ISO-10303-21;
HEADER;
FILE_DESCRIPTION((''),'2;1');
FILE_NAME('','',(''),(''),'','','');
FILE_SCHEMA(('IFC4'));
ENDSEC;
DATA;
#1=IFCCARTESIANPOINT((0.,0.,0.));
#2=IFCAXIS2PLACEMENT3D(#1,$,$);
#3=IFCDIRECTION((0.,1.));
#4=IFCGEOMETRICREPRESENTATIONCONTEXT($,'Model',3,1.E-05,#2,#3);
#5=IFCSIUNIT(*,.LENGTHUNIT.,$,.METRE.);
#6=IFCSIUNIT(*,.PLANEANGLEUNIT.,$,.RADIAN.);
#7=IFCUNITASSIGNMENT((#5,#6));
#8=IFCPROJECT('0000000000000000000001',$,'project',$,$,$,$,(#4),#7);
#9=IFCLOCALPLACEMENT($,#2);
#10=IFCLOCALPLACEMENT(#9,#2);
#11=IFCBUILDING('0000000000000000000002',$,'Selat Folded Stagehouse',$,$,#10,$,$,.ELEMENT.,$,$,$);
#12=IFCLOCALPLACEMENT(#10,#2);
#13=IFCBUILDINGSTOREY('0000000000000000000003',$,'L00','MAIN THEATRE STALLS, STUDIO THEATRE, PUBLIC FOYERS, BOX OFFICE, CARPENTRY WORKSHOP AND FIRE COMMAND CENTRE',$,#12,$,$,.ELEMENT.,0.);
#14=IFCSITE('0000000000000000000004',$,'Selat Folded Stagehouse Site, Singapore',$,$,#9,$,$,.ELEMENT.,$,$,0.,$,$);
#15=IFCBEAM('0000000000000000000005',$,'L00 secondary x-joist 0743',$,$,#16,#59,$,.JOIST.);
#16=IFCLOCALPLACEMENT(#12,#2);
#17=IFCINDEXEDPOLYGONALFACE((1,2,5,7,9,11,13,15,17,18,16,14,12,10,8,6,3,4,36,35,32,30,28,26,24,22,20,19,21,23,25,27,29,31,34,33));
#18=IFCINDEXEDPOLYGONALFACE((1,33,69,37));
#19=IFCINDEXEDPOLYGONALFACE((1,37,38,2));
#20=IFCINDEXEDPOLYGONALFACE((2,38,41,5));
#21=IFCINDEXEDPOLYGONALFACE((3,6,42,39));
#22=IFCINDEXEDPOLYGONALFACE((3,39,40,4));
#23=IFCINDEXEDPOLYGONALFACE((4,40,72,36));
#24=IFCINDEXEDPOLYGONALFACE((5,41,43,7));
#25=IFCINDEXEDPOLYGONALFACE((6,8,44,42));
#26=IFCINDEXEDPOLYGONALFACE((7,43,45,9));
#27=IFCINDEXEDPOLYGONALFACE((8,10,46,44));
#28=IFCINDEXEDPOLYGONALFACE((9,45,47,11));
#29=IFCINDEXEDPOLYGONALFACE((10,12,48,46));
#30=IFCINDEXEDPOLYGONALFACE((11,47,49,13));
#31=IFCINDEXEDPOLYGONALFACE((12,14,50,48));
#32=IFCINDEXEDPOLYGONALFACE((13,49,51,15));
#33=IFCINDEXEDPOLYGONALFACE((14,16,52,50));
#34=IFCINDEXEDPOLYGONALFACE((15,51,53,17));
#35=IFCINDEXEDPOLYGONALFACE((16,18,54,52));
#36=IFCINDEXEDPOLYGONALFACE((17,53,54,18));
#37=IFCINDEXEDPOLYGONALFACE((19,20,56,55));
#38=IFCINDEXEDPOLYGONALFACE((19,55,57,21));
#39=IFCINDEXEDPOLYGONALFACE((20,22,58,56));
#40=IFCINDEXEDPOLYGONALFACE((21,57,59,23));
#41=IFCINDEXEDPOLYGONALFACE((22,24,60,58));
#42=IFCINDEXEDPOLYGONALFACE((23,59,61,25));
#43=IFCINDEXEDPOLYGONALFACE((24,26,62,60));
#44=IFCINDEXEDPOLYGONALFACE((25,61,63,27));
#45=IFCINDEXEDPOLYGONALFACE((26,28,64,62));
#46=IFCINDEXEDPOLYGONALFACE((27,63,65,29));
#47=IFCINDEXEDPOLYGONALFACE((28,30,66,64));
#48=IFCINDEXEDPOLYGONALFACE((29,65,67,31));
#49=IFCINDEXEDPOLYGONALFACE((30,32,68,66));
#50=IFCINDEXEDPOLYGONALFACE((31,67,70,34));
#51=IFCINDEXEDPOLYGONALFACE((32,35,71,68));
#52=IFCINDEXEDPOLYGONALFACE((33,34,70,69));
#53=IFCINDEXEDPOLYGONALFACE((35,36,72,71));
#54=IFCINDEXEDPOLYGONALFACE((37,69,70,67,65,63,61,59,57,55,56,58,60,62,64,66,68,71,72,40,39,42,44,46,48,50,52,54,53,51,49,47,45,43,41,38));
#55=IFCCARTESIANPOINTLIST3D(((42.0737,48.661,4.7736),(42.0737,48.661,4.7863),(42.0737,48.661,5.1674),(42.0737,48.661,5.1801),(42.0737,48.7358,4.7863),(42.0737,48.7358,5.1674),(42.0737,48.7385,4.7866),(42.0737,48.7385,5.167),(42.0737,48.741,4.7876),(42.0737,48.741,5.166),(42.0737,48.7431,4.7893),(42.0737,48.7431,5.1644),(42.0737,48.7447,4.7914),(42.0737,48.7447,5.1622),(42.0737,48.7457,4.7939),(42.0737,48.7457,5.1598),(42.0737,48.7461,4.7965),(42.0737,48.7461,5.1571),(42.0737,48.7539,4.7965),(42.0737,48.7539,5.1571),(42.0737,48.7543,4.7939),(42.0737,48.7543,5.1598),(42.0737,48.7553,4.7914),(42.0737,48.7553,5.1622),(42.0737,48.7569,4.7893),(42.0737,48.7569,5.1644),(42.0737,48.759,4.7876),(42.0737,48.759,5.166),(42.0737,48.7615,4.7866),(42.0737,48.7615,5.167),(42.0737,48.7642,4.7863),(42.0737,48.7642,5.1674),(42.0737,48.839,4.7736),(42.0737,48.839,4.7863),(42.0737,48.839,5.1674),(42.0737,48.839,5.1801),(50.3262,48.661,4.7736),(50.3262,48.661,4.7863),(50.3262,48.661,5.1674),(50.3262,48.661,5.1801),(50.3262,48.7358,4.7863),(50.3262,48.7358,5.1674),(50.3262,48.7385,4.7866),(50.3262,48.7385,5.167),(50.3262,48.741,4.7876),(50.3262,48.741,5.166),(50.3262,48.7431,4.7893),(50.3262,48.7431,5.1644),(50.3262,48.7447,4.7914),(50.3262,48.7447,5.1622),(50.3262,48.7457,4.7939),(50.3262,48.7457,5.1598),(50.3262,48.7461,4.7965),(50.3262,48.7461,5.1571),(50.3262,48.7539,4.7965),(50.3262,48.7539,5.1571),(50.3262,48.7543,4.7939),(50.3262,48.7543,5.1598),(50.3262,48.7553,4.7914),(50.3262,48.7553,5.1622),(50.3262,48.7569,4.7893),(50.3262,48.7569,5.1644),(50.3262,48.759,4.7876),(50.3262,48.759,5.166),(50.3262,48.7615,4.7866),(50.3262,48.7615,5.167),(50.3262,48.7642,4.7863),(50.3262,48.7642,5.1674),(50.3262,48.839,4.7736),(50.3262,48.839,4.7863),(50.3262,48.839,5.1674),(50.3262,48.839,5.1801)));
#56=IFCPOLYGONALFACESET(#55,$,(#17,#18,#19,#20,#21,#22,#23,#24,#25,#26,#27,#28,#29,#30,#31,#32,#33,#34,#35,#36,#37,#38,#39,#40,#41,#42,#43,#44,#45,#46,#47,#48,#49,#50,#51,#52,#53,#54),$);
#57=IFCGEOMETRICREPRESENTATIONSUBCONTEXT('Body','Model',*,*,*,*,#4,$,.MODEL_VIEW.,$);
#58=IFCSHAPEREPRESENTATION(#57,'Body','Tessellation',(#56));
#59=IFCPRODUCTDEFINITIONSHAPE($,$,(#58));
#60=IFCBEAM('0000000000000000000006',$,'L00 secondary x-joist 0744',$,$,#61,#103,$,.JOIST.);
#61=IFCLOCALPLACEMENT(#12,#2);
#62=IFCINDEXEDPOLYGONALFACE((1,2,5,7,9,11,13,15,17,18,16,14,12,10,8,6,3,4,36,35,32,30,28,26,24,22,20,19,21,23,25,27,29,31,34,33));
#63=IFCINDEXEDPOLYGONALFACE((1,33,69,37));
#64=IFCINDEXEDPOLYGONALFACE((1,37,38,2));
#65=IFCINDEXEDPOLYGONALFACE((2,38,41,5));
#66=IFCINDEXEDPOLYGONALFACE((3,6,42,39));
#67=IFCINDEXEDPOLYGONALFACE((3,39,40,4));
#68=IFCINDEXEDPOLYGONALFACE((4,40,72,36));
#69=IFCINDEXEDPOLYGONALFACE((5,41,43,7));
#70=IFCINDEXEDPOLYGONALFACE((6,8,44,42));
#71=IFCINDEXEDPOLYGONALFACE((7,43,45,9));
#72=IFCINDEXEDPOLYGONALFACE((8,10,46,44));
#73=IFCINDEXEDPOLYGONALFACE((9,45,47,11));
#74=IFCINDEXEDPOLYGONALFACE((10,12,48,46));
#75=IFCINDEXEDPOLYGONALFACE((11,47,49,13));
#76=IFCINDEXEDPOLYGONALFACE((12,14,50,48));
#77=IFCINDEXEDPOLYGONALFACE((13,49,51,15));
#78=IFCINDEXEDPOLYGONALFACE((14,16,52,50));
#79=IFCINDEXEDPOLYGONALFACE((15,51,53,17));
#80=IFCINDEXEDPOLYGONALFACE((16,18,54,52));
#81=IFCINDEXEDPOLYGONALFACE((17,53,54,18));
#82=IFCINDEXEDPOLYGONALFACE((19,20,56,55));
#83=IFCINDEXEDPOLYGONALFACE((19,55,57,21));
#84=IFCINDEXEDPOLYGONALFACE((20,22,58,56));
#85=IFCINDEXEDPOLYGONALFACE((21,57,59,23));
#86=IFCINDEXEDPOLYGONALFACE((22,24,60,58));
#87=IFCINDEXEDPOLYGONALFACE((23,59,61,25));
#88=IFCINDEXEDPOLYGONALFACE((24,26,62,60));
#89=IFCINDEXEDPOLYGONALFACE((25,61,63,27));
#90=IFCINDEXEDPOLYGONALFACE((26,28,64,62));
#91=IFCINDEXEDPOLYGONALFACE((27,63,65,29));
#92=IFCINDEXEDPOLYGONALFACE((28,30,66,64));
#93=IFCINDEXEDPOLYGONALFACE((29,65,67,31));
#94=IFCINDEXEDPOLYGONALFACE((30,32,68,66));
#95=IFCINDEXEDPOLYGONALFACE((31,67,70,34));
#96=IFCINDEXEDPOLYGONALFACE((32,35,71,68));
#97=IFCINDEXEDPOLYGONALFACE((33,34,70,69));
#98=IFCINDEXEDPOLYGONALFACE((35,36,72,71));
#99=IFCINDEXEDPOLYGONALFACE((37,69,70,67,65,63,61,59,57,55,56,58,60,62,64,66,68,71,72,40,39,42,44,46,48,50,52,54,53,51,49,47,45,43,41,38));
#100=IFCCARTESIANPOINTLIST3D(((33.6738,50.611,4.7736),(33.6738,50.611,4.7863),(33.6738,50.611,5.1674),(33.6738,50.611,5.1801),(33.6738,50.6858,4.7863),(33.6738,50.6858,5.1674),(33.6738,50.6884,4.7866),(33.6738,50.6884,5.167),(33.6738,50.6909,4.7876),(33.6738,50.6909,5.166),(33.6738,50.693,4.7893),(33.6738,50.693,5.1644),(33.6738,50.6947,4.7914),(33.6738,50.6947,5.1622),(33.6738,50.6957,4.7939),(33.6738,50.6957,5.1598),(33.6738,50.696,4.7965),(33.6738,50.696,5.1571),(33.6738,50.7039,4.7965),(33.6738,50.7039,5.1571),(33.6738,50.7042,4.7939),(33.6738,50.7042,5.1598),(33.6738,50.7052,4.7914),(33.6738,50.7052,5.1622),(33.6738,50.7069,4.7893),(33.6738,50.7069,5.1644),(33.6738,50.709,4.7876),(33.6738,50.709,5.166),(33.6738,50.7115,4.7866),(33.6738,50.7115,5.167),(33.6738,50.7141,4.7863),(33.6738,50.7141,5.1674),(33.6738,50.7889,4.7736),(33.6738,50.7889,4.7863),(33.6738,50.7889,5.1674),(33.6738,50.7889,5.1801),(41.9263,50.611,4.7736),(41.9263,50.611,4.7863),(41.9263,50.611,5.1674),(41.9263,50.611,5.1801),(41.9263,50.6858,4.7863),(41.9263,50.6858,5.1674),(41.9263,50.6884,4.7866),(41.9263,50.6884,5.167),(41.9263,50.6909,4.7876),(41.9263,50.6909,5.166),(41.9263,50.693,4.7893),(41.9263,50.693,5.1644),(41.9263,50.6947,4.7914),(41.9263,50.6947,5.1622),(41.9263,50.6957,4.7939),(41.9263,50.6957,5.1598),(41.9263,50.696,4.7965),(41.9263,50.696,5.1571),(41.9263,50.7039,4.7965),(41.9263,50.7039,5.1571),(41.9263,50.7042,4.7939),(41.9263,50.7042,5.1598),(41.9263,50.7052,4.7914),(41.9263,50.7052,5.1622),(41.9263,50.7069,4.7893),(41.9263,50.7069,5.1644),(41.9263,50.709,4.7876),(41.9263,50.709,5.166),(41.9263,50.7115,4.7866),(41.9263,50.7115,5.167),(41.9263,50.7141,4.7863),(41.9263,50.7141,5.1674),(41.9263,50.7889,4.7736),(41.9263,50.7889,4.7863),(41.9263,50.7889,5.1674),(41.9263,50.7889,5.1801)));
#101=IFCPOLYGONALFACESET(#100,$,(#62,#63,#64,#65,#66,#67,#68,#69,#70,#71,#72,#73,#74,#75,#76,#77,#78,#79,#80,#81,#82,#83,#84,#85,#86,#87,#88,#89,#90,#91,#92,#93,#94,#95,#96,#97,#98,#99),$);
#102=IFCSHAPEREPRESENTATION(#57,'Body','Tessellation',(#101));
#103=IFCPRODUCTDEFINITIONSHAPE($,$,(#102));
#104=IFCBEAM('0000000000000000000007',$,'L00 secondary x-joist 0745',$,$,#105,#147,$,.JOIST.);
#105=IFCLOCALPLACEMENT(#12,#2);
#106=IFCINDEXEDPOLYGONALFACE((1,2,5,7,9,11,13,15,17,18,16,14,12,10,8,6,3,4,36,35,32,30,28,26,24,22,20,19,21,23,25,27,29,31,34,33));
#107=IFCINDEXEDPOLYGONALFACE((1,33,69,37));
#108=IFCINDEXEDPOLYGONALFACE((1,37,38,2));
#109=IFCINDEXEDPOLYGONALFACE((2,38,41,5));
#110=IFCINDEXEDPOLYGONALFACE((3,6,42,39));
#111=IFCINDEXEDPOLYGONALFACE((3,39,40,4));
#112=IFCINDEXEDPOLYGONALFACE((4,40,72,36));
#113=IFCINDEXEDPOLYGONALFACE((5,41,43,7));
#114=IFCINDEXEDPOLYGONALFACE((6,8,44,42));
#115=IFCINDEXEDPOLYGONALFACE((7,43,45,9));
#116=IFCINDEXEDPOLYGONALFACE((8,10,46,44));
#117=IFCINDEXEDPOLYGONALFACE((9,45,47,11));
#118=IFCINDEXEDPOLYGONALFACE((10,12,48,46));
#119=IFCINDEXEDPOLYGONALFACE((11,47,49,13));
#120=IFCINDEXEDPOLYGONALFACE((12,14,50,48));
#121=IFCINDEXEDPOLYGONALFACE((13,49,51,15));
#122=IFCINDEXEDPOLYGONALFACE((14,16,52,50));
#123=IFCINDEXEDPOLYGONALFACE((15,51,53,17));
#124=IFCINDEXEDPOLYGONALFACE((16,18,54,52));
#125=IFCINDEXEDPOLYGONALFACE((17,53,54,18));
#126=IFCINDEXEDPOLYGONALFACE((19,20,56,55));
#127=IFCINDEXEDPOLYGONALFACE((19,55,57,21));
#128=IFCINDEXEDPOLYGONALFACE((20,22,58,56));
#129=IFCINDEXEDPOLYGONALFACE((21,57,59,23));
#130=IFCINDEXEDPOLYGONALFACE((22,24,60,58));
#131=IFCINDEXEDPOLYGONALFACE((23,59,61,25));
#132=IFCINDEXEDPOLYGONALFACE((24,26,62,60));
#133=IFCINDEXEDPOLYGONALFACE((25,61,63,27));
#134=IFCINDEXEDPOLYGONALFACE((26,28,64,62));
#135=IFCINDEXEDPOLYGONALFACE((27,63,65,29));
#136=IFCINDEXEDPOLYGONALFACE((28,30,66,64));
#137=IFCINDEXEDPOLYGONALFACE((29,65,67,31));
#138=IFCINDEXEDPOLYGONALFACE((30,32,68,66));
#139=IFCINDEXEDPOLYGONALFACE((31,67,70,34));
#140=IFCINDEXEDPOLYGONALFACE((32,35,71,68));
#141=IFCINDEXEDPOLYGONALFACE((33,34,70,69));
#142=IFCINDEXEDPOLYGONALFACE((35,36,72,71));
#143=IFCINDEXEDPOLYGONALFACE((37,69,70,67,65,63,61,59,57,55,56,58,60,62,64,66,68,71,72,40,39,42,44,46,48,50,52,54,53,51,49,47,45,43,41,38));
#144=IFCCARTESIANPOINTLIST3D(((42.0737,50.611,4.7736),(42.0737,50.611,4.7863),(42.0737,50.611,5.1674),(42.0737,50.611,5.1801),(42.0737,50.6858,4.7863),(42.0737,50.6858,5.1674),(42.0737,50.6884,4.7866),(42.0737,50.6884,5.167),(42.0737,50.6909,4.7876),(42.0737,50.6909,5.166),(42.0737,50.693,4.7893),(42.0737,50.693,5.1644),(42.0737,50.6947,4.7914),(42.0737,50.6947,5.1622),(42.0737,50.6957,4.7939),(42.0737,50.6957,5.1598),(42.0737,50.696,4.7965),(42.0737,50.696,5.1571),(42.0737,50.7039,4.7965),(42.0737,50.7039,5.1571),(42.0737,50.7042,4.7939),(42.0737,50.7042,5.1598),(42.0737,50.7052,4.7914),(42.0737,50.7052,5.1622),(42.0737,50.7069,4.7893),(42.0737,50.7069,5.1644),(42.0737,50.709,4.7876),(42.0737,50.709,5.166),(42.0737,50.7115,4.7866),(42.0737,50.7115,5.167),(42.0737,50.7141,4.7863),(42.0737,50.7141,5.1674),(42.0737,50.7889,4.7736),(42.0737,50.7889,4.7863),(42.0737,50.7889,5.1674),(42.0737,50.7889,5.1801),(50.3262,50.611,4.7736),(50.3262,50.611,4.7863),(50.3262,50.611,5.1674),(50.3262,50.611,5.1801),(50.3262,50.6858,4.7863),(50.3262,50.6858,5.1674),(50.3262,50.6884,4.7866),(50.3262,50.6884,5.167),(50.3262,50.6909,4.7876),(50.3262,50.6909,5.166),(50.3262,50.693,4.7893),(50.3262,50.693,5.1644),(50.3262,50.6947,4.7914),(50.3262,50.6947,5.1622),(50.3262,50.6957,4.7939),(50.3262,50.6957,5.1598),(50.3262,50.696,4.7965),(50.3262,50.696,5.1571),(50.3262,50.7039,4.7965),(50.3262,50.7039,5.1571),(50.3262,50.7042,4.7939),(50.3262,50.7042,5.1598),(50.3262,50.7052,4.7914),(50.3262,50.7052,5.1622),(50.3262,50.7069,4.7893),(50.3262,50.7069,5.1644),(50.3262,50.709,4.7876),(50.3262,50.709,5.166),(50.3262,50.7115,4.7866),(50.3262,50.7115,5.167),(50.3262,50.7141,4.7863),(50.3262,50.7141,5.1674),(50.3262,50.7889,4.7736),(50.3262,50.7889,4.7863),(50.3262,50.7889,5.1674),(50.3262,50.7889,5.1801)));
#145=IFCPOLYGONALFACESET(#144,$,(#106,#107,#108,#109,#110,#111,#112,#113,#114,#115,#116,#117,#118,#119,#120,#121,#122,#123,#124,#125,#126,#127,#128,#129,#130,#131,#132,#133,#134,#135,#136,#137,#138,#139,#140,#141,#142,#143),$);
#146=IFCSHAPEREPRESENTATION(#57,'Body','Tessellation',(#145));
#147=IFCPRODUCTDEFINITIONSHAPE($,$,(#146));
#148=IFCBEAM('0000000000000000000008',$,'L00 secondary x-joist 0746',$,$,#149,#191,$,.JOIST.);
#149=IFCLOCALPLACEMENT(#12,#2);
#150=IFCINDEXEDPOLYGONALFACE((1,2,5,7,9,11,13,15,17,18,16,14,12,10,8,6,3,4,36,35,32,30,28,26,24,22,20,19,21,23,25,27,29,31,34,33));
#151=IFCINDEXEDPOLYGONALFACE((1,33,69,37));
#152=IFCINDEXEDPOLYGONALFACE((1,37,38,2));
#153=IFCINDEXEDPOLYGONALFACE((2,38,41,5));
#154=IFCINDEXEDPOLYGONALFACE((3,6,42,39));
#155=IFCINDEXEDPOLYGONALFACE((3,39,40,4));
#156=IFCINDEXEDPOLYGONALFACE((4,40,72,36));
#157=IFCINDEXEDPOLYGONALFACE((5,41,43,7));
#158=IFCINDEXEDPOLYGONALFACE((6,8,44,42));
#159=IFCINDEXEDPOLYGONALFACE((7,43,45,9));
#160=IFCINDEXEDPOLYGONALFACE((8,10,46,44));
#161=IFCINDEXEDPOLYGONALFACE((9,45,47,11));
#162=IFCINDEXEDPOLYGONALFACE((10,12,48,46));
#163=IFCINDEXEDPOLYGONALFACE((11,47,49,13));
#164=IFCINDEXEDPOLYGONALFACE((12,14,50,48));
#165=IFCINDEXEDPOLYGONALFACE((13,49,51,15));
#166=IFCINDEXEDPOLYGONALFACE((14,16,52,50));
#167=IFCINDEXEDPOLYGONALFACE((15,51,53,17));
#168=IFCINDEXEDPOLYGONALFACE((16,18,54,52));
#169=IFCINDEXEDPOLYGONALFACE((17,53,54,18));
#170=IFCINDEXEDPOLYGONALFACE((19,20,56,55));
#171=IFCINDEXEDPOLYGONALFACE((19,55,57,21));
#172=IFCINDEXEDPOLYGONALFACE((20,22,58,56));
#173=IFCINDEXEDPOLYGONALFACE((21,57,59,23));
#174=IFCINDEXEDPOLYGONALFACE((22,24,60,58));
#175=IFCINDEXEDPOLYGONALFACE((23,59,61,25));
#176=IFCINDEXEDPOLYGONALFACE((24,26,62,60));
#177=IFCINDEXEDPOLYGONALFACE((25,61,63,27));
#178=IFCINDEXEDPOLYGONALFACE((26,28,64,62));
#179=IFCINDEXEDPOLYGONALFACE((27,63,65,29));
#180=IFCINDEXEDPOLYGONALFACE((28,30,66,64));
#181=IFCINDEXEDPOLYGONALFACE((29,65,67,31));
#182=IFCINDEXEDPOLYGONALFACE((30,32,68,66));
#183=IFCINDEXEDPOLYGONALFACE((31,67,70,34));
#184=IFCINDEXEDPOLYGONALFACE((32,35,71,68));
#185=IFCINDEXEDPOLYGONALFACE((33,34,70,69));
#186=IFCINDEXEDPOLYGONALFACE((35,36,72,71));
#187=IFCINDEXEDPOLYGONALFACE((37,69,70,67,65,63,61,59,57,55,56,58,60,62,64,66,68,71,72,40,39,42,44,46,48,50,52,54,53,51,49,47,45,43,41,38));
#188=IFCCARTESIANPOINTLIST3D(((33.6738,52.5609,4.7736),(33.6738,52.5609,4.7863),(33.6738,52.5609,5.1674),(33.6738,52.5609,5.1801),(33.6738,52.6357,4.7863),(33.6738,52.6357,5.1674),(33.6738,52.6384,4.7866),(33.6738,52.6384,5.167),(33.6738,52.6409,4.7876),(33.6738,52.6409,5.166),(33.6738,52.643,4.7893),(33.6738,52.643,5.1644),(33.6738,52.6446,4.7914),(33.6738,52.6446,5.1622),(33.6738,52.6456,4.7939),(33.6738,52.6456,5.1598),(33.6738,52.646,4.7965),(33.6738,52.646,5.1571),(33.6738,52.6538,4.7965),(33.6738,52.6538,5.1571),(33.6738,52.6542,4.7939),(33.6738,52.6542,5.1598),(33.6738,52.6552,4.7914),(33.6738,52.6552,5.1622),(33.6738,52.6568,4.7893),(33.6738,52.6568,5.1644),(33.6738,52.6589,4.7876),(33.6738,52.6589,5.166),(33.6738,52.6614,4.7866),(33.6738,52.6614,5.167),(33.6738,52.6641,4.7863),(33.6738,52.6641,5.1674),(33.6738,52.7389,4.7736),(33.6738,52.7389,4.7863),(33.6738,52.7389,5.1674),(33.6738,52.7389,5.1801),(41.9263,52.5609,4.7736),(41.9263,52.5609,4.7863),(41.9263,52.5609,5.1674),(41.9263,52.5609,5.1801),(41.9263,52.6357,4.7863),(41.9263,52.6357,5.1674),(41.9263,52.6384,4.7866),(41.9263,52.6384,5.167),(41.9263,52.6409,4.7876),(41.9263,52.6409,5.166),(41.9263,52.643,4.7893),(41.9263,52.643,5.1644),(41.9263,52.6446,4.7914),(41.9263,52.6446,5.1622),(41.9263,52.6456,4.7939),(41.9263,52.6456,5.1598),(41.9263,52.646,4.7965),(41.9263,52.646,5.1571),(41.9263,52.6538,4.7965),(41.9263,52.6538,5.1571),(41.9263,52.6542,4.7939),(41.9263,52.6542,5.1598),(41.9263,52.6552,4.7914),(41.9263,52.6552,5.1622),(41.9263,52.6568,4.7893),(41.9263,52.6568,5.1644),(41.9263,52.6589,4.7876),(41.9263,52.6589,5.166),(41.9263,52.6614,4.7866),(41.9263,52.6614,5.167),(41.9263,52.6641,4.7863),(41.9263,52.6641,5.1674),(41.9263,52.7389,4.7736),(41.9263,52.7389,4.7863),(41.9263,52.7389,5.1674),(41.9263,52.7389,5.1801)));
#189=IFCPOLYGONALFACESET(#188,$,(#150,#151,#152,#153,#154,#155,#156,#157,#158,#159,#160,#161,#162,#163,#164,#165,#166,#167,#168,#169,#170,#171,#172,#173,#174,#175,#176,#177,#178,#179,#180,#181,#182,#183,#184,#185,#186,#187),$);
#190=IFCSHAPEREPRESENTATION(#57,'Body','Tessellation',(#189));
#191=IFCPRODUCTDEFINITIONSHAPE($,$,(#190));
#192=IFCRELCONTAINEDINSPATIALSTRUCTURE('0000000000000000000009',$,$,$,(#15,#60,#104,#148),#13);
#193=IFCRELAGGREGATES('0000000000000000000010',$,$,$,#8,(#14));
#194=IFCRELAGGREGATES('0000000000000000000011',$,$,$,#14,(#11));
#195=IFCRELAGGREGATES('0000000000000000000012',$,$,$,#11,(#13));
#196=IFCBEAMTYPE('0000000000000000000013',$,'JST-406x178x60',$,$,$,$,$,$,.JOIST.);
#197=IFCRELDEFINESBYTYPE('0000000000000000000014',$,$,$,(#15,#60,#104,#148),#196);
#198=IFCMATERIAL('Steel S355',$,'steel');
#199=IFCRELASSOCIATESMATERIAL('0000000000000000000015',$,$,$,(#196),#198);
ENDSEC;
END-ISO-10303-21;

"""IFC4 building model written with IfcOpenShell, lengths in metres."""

from ifc_helpers import new_model, si_unit, direction, frame, origin, origin_2d, place, context, subcontext, project, spatial, i_section, extrude, material, material_profile, profile_set, type_object, element, save


model = new_model("IFC4")

# Units and contexts
model_context = context("Model", 3, precision=1e-05, world=origin(), true_north=direction((0.0, 1.0)))
body_context = subcontext(model_context, "Body", "Model", "MODEL_VIEW")
ifc_project = project(units=[si_unit("LENGTHUNIT", "METRE"), si_unit("PLANEANGLEUNIT", "RADIAN")], contexts=[model_context])

# Site, building, storey
site_placement = place(None, origin())
site = spatial("IfcSite", under=ifc_project, at=site_placement, Name="Selat Folded Stagehouse Site, Singapore", CompositionType="ELEMENT", RefElevation=0.0)
building_placement = place(site_placement, origin())
building = spatial("IfcBuilding", under=site, at=building_placement, Name="Selat Folded Stagehouse", CompositionType="ELEMENT")
storey_placement = place(building_placement, origin())
storey = spatial("IfcBuildingStorey", under=building, at=storey_placement, Name="L00", Description="MAIN THEATRE STALLS, STUDIO THEATRE, PUBLIC FOYERS, BOX OFFICE, CARPENTRY WORKSHOP AND FIRE COMMAND CENTRE", CompositionType="ELEMENT", Elevation=0.0)

# Shared definitions
ifc_material_1 = material(Name="Steel S355", Category="steel")

# Beams
ifc_material_profile_1 = material_profile(ifc_material_1, i_section(OverallWidth=0.178, OverallDepth=0.4065, WebThickness=0.0078, FlangeThickness=0.0127, FilletRadius=0.0103, at=origin_2d()), Name="UKB 406x178x60")
ifc_profile_set_1 = profile_set([ifc_material_profile_1], Name="Steel S355")
beam_type_1 = type_object("IfcBeamType", Name="JST-406x178x60", PredefinedType="JOIST", material=ifc_profile_set_1)
for number, where, z_axis, x_axis, name in (
    (1, (42.0737, 48.75, 4.9768), (1.0, 0.0, 0.0), (0.0, 1.0, 0.0), "L00 secondary x-joist 0743"),
    (2, (33.6738, 50.7, 4.9768), (1.0, 0.0, 0.0), (0.0, 1.0, 0.0), "L00 secondary x-joist 0744"),
    (3, (42.0737, 50.7, 4.9768), (1.0, 0.0, 0.0), (0.0, 1.0, 0.0), "L00 secondary x-joist 0745"),
    (4, (33.6738, 52.6499, 4.9768), (1.0, 0.0, 0.0), (0.0, 1.0, 0.0), "L00 secondary x-joist 0746"),
):
    element("IfcBeam", number, at=place(storey_placement, frame(where, z_axis=z_axis, x_axis=x_axis)), inside=storey, type_object=beam_type_1, Name=name, PredefinedType="JOIST", context=body_context, shape_type="SweptSolid", body=[
        extrude(i_section(OverallWidth=0.178, OverallDepth=0.4065, WebThickness=0.0078, FlangeThickness=0.0127, FilletRadius=0.0103, at=origin_2d()), origin(), (0.0, 0.0, 1.0), 8.2524),
    ])

save(model, "model.ifc")
